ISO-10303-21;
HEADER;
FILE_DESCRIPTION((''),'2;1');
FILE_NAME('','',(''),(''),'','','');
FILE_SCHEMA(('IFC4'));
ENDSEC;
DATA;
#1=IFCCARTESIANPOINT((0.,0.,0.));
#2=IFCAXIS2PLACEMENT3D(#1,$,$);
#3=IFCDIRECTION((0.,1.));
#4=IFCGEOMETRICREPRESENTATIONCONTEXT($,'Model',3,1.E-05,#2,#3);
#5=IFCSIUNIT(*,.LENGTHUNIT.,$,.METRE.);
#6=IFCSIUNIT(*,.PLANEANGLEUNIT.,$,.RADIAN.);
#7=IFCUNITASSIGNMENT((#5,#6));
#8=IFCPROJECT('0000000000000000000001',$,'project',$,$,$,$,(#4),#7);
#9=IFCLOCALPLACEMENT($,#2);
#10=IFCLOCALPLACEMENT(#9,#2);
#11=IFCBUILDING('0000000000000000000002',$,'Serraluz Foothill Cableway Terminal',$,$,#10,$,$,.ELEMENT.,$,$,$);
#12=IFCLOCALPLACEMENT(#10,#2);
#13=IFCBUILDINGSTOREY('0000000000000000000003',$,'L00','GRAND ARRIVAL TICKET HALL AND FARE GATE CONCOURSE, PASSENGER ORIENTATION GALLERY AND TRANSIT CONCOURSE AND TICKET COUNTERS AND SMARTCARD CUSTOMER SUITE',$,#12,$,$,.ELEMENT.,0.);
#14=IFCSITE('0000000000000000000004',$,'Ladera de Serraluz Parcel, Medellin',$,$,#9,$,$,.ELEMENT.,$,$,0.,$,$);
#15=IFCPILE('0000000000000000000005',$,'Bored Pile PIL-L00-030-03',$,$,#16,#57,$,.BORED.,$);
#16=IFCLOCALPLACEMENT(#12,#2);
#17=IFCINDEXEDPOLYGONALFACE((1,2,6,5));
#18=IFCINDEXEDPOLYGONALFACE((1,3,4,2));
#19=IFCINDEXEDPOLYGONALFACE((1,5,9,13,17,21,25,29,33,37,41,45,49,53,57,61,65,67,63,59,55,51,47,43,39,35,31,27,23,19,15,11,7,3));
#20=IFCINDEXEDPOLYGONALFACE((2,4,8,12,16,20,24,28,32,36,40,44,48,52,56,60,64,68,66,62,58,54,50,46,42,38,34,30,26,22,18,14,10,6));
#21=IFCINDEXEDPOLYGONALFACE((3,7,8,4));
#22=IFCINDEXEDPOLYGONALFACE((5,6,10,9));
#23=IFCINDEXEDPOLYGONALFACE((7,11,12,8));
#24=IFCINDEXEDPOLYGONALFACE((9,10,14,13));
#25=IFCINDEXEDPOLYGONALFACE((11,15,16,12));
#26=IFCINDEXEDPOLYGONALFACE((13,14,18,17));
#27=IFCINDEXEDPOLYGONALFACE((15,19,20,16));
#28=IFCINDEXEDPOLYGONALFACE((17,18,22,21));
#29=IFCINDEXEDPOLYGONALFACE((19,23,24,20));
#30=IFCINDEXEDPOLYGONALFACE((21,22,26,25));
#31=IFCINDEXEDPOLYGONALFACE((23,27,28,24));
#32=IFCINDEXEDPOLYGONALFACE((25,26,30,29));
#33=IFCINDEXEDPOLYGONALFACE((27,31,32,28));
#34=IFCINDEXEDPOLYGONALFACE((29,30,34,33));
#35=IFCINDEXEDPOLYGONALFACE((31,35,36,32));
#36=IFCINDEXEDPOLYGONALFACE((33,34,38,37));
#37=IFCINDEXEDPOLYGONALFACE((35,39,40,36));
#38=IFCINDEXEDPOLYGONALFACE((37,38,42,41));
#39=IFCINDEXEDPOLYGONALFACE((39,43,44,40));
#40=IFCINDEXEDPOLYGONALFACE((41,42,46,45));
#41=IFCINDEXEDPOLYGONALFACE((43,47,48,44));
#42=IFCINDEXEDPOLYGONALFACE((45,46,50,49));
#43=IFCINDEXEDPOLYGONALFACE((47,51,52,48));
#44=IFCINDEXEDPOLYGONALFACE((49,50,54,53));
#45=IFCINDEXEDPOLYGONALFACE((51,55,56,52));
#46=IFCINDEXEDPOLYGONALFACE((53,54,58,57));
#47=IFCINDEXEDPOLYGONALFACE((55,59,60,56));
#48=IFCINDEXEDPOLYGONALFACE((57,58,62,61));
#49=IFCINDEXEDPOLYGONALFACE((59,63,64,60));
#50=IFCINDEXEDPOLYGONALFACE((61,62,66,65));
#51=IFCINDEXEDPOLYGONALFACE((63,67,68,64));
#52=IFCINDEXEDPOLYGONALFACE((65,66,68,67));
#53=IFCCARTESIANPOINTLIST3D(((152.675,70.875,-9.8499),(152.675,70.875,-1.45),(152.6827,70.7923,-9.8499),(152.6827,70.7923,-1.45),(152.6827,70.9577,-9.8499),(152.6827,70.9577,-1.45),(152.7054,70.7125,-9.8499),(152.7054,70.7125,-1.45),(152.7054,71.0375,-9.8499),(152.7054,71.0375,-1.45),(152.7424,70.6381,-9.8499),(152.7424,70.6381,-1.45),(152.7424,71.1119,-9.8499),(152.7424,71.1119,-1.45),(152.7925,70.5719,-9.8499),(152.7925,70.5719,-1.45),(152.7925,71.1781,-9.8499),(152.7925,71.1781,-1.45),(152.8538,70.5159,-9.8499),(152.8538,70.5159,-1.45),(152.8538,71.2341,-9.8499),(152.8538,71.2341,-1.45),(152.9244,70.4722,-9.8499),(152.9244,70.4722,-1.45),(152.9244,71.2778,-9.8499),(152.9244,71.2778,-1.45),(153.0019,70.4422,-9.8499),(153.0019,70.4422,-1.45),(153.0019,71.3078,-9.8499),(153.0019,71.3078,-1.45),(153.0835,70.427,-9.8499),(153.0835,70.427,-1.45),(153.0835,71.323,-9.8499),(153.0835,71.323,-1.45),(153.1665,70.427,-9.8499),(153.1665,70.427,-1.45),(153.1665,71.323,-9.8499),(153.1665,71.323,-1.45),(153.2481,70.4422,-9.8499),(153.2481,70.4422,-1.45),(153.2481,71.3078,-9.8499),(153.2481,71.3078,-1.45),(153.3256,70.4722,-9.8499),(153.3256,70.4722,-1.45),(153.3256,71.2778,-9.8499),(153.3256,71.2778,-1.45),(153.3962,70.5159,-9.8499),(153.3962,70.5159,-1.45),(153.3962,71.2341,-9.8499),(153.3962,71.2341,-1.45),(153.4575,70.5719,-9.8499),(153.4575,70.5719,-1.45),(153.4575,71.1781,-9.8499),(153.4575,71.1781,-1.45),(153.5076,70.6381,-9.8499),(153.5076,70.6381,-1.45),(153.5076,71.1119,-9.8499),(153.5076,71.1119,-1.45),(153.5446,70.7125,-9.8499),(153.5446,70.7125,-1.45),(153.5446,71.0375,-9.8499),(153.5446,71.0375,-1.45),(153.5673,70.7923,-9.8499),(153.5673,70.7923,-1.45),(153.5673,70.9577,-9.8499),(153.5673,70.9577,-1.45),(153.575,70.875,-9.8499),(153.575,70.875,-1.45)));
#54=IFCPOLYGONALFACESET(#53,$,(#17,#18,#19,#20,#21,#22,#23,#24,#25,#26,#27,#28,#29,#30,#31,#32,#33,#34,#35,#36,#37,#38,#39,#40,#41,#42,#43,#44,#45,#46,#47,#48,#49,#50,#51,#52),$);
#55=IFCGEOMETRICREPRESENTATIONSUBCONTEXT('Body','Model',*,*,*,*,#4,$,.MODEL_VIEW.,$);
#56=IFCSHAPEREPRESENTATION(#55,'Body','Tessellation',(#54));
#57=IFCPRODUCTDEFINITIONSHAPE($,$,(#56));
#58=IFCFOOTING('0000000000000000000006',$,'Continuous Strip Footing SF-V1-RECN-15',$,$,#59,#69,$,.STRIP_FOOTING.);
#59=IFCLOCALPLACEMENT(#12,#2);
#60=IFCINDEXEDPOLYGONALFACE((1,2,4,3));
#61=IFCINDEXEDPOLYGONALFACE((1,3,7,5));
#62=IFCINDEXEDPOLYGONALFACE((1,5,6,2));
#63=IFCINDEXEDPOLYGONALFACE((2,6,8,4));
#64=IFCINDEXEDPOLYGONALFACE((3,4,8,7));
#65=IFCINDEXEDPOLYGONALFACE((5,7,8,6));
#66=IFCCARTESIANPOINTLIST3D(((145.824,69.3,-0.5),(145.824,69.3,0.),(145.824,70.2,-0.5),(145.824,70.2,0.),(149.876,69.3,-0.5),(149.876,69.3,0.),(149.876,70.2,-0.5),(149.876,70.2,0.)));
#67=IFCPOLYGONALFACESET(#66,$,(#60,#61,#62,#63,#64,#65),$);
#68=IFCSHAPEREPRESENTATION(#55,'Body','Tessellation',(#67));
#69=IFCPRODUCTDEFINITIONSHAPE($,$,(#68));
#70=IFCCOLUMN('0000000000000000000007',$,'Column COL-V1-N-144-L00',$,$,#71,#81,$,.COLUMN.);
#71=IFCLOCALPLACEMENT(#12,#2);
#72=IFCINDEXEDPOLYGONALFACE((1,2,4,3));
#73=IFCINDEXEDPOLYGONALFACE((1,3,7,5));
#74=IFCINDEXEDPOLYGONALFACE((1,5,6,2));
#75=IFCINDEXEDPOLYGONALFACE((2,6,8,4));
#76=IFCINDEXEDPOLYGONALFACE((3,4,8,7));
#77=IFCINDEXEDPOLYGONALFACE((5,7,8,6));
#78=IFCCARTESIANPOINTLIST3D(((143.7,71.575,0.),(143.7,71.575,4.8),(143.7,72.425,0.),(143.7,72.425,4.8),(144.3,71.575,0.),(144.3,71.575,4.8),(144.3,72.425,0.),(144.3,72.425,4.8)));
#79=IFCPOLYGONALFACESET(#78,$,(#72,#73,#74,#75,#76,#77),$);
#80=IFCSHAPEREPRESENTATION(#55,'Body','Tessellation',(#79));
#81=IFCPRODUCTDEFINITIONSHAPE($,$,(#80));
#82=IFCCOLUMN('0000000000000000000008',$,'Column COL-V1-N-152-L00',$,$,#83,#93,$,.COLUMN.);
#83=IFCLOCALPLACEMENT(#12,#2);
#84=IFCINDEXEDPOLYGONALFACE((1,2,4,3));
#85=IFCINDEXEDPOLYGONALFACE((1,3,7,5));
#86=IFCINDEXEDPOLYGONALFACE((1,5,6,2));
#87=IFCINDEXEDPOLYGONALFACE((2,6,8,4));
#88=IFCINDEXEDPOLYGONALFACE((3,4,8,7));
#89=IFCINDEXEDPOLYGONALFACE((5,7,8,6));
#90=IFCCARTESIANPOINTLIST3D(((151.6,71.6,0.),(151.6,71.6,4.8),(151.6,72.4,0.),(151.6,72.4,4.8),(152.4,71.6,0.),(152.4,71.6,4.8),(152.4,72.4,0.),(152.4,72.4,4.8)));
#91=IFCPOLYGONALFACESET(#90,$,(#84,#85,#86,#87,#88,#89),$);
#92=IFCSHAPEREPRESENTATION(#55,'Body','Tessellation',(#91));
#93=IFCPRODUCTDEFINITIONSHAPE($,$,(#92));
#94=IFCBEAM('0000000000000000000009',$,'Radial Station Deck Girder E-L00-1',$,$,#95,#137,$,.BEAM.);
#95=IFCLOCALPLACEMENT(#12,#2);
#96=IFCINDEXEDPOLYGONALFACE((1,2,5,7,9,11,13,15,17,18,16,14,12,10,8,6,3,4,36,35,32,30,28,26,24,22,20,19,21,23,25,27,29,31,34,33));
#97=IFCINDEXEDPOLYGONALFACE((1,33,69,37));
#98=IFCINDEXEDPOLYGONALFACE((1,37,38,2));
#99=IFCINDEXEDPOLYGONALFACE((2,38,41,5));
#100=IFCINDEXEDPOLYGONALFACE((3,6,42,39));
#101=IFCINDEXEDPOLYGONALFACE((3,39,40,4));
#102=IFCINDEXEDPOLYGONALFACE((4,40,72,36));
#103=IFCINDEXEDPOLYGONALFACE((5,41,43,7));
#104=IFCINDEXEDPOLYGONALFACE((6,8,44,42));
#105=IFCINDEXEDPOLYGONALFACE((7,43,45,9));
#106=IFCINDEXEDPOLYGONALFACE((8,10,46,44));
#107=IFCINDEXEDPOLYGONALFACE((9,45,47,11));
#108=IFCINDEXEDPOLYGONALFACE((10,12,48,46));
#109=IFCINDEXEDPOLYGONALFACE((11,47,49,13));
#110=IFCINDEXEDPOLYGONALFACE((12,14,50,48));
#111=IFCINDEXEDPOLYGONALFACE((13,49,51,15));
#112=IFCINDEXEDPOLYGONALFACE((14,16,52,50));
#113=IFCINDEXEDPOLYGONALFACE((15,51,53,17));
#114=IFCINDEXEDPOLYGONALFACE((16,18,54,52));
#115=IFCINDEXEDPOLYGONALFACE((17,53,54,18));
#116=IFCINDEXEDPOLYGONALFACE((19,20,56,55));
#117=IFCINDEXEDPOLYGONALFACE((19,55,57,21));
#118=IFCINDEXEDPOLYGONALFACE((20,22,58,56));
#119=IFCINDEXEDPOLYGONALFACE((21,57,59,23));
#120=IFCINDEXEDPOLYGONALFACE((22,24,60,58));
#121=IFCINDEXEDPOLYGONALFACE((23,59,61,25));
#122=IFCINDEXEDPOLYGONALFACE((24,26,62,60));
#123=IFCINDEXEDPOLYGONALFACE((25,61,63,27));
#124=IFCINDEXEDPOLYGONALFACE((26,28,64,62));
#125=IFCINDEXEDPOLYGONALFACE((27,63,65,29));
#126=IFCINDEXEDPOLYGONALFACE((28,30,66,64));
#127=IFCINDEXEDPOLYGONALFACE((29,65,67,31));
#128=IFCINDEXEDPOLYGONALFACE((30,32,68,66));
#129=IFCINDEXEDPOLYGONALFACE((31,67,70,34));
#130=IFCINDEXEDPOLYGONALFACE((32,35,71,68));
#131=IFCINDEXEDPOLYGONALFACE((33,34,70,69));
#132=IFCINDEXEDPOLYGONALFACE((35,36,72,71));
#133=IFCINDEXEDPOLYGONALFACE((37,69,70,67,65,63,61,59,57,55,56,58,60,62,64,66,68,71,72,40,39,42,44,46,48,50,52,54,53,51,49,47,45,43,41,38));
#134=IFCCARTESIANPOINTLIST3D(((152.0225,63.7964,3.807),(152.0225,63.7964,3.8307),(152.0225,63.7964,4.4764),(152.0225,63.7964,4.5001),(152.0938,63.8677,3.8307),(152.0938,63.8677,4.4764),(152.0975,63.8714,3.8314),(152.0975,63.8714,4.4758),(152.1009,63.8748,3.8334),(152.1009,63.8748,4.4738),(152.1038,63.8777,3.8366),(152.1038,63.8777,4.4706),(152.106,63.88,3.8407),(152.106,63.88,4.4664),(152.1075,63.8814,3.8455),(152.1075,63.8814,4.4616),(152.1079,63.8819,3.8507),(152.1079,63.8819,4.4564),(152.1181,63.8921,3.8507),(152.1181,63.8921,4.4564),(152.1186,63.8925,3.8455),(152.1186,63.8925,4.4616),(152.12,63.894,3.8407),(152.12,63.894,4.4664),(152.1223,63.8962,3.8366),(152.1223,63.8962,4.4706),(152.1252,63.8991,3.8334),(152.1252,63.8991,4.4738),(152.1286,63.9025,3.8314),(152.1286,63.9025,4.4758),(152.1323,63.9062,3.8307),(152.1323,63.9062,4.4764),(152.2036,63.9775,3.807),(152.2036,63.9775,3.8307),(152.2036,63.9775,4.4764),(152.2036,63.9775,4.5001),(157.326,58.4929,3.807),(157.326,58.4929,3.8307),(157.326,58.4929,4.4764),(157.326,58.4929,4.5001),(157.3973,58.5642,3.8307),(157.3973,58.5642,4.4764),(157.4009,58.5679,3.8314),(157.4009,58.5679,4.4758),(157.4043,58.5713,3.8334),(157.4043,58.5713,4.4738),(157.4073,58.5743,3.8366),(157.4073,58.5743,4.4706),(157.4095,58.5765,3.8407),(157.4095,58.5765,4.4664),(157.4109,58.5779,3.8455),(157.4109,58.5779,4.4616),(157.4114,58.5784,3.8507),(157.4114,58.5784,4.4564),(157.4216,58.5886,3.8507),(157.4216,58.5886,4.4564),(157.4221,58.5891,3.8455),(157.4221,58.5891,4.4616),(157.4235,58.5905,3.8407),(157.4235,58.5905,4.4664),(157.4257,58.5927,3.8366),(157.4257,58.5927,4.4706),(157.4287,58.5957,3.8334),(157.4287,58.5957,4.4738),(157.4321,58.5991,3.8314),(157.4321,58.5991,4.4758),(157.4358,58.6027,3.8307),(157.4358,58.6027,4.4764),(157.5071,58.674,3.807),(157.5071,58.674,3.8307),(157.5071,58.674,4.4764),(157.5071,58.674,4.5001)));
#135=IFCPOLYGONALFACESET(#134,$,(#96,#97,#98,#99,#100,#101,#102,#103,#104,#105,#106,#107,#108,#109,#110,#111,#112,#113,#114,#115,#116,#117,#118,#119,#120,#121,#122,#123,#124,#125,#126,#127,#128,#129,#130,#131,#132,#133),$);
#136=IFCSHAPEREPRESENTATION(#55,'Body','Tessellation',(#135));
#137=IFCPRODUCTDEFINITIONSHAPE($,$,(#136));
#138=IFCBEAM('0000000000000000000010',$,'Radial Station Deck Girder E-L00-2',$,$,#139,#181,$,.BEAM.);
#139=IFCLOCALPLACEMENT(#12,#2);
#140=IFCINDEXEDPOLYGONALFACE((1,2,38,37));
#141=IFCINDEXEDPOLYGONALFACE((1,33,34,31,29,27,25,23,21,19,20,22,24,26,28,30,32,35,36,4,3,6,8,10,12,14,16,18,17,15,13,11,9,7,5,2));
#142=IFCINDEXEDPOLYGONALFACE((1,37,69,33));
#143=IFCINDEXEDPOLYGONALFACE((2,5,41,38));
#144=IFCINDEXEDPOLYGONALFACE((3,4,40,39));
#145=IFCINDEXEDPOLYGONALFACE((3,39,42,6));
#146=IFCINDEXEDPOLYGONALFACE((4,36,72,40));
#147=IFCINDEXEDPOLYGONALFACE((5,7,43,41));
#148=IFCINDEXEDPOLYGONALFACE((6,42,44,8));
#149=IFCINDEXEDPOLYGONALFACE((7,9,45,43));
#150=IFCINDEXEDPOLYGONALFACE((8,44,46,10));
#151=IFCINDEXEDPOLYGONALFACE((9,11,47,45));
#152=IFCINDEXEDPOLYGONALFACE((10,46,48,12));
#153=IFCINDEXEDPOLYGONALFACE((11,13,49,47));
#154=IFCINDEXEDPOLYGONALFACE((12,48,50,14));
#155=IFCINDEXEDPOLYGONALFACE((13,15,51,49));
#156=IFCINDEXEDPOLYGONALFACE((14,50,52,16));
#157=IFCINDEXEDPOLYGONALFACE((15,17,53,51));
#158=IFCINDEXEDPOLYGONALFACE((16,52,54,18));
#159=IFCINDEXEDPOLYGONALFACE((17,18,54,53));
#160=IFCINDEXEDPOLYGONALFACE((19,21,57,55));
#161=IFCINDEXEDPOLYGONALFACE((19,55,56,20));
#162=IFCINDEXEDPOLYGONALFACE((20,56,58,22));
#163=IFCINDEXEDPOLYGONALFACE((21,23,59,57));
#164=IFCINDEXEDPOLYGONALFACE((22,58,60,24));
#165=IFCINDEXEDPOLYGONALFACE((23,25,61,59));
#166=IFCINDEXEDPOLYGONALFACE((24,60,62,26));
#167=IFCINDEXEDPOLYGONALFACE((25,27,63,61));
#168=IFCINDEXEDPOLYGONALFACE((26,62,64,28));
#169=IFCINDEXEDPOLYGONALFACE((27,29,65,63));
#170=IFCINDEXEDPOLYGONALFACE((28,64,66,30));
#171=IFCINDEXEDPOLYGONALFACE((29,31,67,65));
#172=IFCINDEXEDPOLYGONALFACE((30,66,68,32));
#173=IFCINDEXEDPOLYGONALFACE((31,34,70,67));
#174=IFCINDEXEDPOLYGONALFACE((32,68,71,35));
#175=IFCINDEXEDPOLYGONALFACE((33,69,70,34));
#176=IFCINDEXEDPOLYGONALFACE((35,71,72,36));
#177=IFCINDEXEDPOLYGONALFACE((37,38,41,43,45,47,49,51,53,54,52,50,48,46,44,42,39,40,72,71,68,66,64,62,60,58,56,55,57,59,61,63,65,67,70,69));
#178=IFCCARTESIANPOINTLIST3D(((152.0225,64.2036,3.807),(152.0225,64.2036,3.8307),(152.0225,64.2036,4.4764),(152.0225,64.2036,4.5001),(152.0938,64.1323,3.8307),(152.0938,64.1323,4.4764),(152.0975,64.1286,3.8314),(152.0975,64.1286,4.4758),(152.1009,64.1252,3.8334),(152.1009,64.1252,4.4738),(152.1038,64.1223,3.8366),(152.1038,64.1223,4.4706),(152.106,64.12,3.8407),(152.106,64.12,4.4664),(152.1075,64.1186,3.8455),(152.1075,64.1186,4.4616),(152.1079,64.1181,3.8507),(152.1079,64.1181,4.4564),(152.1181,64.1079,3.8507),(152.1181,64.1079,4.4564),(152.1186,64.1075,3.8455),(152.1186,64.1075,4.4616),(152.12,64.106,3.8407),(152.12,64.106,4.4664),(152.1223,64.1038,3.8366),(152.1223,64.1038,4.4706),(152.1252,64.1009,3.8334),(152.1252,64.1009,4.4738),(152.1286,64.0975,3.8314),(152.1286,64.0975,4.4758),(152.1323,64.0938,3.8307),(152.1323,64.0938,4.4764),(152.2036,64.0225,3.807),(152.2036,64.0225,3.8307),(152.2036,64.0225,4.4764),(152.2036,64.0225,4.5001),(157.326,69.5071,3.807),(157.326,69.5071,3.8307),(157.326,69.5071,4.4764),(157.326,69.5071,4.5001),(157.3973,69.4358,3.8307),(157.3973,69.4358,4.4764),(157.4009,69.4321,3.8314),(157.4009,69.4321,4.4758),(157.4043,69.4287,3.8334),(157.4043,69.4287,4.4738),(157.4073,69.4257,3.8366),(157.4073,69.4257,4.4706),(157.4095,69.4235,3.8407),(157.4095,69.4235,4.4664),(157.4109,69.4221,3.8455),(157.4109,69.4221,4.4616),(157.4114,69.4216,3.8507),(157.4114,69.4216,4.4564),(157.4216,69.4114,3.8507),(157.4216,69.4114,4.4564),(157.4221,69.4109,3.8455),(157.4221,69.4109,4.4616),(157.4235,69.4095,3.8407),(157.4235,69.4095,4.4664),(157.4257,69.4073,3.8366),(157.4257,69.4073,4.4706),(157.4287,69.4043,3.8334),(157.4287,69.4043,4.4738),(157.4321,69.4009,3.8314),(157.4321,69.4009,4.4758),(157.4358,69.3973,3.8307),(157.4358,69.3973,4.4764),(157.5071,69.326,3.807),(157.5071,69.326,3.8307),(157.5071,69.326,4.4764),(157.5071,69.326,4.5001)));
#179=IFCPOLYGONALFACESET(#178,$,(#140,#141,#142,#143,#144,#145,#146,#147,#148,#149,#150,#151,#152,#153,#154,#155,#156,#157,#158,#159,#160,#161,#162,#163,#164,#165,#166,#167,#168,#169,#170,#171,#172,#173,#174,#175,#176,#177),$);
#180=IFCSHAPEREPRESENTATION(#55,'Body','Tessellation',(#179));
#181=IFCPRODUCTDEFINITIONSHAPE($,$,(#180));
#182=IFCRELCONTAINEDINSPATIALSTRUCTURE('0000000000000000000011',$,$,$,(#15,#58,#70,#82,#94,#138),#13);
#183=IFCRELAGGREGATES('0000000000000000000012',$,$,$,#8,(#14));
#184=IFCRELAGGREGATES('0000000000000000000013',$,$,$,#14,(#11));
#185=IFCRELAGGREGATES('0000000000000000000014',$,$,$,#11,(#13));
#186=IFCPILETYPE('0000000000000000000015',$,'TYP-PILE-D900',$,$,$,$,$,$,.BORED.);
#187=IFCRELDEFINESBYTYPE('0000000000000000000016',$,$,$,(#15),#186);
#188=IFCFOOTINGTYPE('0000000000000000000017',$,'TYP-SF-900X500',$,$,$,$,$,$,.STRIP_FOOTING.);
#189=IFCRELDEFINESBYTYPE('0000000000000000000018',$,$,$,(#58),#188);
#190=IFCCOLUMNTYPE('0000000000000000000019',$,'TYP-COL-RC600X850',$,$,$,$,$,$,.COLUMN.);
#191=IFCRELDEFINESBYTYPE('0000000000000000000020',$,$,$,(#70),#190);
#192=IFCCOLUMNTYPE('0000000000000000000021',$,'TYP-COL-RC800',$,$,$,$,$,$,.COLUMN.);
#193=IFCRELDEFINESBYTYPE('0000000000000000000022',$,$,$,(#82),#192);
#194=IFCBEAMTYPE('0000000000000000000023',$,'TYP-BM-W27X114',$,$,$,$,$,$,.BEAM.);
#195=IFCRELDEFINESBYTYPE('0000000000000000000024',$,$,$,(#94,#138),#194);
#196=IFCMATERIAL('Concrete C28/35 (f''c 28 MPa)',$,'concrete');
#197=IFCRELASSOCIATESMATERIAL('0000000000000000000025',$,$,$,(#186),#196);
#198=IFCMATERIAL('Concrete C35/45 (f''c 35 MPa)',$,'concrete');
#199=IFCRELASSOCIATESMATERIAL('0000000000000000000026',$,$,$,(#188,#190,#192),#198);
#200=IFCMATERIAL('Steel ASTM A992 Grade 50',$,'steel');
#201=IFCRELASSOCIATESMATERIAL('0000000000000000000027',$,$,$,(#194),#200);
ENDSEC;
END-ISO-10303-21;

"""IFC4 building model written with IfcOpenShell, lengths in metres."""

from ifc_helpers import new_model, si_unit, direction, frame, origin, origin_2d, place, context, subcontext, project, spatial, rectangle, circle, i_section, extrude, material, material_profile, profile_set, type_object, element, save


model = new_model("IFC4")

# Units and contexts
model_context = context("Model", 3, precision=1e-05, world=origin(), true_north=direction((0.0, 1.0)))
body_context = subcontext(model_context, "Body", "Model", "MODEL_VIEW")
ifc_project = project(units=[si_unit("LENGTHUNIT", "METRE"), si_unit("PLANEANGLEUNIT", "RADIAN")], contexts=[model_context])

# Site, building, storey
site_placement = place(None, origin())
site = spatial("IfcSite", under=ifc_project, at=site_placement, Name="Ladera de Serraluz Parcel, Medellin", CompositionType="ELEMENT", RefElevation=0.0)
building_placement = place(site_placement, origin())
building = spatial("IfcBuilding", under=site, at=building_placement, Name="Serraluz Foothill Cableway Terminal", CompositionType="ELEMENT")
storey_placement = place(building_placement, origin())
storey = spatial("IfcBuildingStorey", under=building, at=storey_placement, Name="L00", Description="GRAND ARRIVAL TICKET HALL AND FARE GATE CONCOURSE, PASSENGER ORIENTATION GALLERY AND TRANSIT CONCOURSE AND TICKET COUNTERS AND SMARTCARD CUSTOMER SUITE", CompositionType="ELEMENT", Elevation=0.0)

# Shared definitions
ifc_material_1 = material(Name="Concrete C35/45 (f'c 35 MPa)", Category="concrete")

# Pile
ifc_material_2 = material(Name="Concrete C28/35 (f'c 28 MPa)", Category="concrete")
ifc_material_profile_1 = material_profile(ifc_material_2, circle(Radius=0.45, at=origin_2d()), Name="BORED PILE D900")
ifc_profile_set_1 = profile_set([ifc_material_profile_1], Name="Concrete C28/35 (f'c 28 MPa)")
pile_type_1 = type_object("IfcPileType", Name="TYP-PILE-D900", PredefinedType="BORED", material=ifc_profile_set_1)
for number, where, z_axis, x_axis, name in (
    (1, (153.125, 70.875, -1.45), (0.0, 0.0, -1.0), (1.0, 0.0, 0.0), "Bored Pile PIL-L00-030-03"),
):
    element("IfcPile", number, at=place(storey_placement, frame(where, z_axis=z_axis, x_axis=x_axis)), inside=storey, type_object=pile_type_1, Name=name, PredefinedType="BORED", context=body_context, shape_type="SweptSolid", body=[
        extrude(circle(Radius=0.45, at=origin_2d()), origin(), (0.0, 0.0, 1.0), 8.3999),
    ])

# Footing
ifc_material_profile_2 = material_profile(ifc_material_1, rectangle(XDim=0.8999, YDim=0.5, at=origin_2d()), Name="SF 900x500")
ifc_profile_set_2 = profile_set([ifc_material_profile_2], Name="Concrete C35/45 (f'c 35 MPa)")
footing_type_1 = type_object("IfcFootingType", Name="TYP-SF-900X500", PredefinedType="STRIP_FOOTING", material=ifc_profile_set_2)
footing_1_placement = place(storey_placement, frame((145.824, 69.75, -0.25), z_axis=(1.0, 0.0, 0.0), x_axis=(0.0, 1.0, 0.0)))
element("IfcFooting", 2, at=footing_1_placement, inside=storey, type_object=footing_type_1, Name="Continuous Strip Footing SF-V1-RECN-15", PredefinedType="STRIP_FOOTING", context=body_context, shape_type="SweptSolid", body=[
    extrude(rectangle(XDim=0.8999, YDim=0.5, at=origin_2d()), origin(), (0.0, 0.0, 1.0), 4.052),
])

# Columns
ifc_material_profile_3 = material_profile(ifc_material_1, rectangle(XDim=0.6001, YDim=0.8501, at=origin_2d()), Name="RC 600x850")
ifc_profile_set_3 = profile_set([ifc_material_profile_3], Name="Concrete C35/45 (f'c 35 MPa)")
column_type_1 = type_object("IfcColumnType", Name="TYP-COL-RC600X850", PredefinedType="COLUMN", material=ifc_profile_set_3)
column_1_placement = place(storey_placement, frame((144.0, 72.0, 0.0), z_axis=(0.0, 0.0, 1.0), x_axis=(1.0, 0.0, 0.0)))
element("IfcColumn", 3, at=column_1_placement, inside=storey, type_object=column_type_1, Name="Column COL-V1-N-144-L00", PredefinedType="COLUMN", context=body_context, shape_type="SweptSolid", body=[
    extrude(rectangle(XDim=0.6001, YDim=0.8501, at=origin_2d()), origin(), (0.0, 0.0, 1.0), 4.8),
])
ifc_material_profile_4 = material_profile(ifc_material_1, rectangle(XDim=0.8, YDim=0.8, at=origin_2d()), Name="RC 800x800")
ifc_profile_set_4 = profile_set([ifc_material_profile_4], Name="Concrete C35/45 (f'c 35 MPa)")
column_type_2 = type_object("IfcColumnType", Name="TYP-COL-RC800", PredefinedType="COLUMN", material=ifc_profile_set_4)
column_2_placement = place(storey_placement, frame((152.0, 72.0, 0.0), z_axis=(0.0, 0.0, 1.0), x_axis=(1.0, 0.0, 0.0)))
element("IfcColumn", 4, at=column_2_placement, inside=storey, type_object=column_type_2, Name="Column COL-V1-N-152-L00", PredefinedType="COLUMN", context=body_context, shape_type="SweptSolid", body=[
    extrude(rectangle(XDim=0.8, YDim=0.8, at=origin_2d()), origin(), (0.0, 0.0, 1.0), 4.8),
])

# Beams
ifc_material_3 = material(Name="Steel ASTM A992 Grade 50", Category="steel")
ifc_material_profile_5 = material_profile(ifc_material_3, i_section(OverallWidth=0.2561, OverallDepth=0.6931, WebThickness=0.0144, FlangeThickness=0.0237, FilletRadius=0.02, at=origin_2d()), Name="W27X114")
ifc_profile_set_5 = profile_set([ifc_material_profile_5], Name="Steel ASTM A992 Grade 50")
beam_type_1 = type_object("IfcBeamType", Name="TYP-BM-W27X114", PredefinedType="BEAM", material=ifc_profile_set_5)
for number, where, z_axis, x_axis, name in (
    (5, (152.113, 63.887, 4.1536), (0.707107, -0.707107, 0.0), (0.707107, 0.707107, 0.0), "Radial Station Deck Girder E-L00-1"),
    (6, (152.113, 64.113, 4.1536), (0.707107, 0.707107, 0.0), (-0.707107, 0.707107, 0.0), "Radial Station Deck Girder E-L00-2"),
):
    element("IfcBeam", number, at=place(storey_placement, frame(where, z_axis=z_axis, x_axis=x_axis)), inside=storey, type_object=beam_type_1, Name=name, PredefinedType="BEAM", context=body_context, shape_type="SweptSolid", body=[
        extrude(i_section(OverallWidth=0.2561, OverallDepth=0.6931, WebThickness=0.0144, FlangeThickness=0.0237, FilletRadius=0.02, at=origin_2d()), origin(), (0.0, 0.0, 1.0), 7.5002),
    ])

save(model, "model.ifc")
